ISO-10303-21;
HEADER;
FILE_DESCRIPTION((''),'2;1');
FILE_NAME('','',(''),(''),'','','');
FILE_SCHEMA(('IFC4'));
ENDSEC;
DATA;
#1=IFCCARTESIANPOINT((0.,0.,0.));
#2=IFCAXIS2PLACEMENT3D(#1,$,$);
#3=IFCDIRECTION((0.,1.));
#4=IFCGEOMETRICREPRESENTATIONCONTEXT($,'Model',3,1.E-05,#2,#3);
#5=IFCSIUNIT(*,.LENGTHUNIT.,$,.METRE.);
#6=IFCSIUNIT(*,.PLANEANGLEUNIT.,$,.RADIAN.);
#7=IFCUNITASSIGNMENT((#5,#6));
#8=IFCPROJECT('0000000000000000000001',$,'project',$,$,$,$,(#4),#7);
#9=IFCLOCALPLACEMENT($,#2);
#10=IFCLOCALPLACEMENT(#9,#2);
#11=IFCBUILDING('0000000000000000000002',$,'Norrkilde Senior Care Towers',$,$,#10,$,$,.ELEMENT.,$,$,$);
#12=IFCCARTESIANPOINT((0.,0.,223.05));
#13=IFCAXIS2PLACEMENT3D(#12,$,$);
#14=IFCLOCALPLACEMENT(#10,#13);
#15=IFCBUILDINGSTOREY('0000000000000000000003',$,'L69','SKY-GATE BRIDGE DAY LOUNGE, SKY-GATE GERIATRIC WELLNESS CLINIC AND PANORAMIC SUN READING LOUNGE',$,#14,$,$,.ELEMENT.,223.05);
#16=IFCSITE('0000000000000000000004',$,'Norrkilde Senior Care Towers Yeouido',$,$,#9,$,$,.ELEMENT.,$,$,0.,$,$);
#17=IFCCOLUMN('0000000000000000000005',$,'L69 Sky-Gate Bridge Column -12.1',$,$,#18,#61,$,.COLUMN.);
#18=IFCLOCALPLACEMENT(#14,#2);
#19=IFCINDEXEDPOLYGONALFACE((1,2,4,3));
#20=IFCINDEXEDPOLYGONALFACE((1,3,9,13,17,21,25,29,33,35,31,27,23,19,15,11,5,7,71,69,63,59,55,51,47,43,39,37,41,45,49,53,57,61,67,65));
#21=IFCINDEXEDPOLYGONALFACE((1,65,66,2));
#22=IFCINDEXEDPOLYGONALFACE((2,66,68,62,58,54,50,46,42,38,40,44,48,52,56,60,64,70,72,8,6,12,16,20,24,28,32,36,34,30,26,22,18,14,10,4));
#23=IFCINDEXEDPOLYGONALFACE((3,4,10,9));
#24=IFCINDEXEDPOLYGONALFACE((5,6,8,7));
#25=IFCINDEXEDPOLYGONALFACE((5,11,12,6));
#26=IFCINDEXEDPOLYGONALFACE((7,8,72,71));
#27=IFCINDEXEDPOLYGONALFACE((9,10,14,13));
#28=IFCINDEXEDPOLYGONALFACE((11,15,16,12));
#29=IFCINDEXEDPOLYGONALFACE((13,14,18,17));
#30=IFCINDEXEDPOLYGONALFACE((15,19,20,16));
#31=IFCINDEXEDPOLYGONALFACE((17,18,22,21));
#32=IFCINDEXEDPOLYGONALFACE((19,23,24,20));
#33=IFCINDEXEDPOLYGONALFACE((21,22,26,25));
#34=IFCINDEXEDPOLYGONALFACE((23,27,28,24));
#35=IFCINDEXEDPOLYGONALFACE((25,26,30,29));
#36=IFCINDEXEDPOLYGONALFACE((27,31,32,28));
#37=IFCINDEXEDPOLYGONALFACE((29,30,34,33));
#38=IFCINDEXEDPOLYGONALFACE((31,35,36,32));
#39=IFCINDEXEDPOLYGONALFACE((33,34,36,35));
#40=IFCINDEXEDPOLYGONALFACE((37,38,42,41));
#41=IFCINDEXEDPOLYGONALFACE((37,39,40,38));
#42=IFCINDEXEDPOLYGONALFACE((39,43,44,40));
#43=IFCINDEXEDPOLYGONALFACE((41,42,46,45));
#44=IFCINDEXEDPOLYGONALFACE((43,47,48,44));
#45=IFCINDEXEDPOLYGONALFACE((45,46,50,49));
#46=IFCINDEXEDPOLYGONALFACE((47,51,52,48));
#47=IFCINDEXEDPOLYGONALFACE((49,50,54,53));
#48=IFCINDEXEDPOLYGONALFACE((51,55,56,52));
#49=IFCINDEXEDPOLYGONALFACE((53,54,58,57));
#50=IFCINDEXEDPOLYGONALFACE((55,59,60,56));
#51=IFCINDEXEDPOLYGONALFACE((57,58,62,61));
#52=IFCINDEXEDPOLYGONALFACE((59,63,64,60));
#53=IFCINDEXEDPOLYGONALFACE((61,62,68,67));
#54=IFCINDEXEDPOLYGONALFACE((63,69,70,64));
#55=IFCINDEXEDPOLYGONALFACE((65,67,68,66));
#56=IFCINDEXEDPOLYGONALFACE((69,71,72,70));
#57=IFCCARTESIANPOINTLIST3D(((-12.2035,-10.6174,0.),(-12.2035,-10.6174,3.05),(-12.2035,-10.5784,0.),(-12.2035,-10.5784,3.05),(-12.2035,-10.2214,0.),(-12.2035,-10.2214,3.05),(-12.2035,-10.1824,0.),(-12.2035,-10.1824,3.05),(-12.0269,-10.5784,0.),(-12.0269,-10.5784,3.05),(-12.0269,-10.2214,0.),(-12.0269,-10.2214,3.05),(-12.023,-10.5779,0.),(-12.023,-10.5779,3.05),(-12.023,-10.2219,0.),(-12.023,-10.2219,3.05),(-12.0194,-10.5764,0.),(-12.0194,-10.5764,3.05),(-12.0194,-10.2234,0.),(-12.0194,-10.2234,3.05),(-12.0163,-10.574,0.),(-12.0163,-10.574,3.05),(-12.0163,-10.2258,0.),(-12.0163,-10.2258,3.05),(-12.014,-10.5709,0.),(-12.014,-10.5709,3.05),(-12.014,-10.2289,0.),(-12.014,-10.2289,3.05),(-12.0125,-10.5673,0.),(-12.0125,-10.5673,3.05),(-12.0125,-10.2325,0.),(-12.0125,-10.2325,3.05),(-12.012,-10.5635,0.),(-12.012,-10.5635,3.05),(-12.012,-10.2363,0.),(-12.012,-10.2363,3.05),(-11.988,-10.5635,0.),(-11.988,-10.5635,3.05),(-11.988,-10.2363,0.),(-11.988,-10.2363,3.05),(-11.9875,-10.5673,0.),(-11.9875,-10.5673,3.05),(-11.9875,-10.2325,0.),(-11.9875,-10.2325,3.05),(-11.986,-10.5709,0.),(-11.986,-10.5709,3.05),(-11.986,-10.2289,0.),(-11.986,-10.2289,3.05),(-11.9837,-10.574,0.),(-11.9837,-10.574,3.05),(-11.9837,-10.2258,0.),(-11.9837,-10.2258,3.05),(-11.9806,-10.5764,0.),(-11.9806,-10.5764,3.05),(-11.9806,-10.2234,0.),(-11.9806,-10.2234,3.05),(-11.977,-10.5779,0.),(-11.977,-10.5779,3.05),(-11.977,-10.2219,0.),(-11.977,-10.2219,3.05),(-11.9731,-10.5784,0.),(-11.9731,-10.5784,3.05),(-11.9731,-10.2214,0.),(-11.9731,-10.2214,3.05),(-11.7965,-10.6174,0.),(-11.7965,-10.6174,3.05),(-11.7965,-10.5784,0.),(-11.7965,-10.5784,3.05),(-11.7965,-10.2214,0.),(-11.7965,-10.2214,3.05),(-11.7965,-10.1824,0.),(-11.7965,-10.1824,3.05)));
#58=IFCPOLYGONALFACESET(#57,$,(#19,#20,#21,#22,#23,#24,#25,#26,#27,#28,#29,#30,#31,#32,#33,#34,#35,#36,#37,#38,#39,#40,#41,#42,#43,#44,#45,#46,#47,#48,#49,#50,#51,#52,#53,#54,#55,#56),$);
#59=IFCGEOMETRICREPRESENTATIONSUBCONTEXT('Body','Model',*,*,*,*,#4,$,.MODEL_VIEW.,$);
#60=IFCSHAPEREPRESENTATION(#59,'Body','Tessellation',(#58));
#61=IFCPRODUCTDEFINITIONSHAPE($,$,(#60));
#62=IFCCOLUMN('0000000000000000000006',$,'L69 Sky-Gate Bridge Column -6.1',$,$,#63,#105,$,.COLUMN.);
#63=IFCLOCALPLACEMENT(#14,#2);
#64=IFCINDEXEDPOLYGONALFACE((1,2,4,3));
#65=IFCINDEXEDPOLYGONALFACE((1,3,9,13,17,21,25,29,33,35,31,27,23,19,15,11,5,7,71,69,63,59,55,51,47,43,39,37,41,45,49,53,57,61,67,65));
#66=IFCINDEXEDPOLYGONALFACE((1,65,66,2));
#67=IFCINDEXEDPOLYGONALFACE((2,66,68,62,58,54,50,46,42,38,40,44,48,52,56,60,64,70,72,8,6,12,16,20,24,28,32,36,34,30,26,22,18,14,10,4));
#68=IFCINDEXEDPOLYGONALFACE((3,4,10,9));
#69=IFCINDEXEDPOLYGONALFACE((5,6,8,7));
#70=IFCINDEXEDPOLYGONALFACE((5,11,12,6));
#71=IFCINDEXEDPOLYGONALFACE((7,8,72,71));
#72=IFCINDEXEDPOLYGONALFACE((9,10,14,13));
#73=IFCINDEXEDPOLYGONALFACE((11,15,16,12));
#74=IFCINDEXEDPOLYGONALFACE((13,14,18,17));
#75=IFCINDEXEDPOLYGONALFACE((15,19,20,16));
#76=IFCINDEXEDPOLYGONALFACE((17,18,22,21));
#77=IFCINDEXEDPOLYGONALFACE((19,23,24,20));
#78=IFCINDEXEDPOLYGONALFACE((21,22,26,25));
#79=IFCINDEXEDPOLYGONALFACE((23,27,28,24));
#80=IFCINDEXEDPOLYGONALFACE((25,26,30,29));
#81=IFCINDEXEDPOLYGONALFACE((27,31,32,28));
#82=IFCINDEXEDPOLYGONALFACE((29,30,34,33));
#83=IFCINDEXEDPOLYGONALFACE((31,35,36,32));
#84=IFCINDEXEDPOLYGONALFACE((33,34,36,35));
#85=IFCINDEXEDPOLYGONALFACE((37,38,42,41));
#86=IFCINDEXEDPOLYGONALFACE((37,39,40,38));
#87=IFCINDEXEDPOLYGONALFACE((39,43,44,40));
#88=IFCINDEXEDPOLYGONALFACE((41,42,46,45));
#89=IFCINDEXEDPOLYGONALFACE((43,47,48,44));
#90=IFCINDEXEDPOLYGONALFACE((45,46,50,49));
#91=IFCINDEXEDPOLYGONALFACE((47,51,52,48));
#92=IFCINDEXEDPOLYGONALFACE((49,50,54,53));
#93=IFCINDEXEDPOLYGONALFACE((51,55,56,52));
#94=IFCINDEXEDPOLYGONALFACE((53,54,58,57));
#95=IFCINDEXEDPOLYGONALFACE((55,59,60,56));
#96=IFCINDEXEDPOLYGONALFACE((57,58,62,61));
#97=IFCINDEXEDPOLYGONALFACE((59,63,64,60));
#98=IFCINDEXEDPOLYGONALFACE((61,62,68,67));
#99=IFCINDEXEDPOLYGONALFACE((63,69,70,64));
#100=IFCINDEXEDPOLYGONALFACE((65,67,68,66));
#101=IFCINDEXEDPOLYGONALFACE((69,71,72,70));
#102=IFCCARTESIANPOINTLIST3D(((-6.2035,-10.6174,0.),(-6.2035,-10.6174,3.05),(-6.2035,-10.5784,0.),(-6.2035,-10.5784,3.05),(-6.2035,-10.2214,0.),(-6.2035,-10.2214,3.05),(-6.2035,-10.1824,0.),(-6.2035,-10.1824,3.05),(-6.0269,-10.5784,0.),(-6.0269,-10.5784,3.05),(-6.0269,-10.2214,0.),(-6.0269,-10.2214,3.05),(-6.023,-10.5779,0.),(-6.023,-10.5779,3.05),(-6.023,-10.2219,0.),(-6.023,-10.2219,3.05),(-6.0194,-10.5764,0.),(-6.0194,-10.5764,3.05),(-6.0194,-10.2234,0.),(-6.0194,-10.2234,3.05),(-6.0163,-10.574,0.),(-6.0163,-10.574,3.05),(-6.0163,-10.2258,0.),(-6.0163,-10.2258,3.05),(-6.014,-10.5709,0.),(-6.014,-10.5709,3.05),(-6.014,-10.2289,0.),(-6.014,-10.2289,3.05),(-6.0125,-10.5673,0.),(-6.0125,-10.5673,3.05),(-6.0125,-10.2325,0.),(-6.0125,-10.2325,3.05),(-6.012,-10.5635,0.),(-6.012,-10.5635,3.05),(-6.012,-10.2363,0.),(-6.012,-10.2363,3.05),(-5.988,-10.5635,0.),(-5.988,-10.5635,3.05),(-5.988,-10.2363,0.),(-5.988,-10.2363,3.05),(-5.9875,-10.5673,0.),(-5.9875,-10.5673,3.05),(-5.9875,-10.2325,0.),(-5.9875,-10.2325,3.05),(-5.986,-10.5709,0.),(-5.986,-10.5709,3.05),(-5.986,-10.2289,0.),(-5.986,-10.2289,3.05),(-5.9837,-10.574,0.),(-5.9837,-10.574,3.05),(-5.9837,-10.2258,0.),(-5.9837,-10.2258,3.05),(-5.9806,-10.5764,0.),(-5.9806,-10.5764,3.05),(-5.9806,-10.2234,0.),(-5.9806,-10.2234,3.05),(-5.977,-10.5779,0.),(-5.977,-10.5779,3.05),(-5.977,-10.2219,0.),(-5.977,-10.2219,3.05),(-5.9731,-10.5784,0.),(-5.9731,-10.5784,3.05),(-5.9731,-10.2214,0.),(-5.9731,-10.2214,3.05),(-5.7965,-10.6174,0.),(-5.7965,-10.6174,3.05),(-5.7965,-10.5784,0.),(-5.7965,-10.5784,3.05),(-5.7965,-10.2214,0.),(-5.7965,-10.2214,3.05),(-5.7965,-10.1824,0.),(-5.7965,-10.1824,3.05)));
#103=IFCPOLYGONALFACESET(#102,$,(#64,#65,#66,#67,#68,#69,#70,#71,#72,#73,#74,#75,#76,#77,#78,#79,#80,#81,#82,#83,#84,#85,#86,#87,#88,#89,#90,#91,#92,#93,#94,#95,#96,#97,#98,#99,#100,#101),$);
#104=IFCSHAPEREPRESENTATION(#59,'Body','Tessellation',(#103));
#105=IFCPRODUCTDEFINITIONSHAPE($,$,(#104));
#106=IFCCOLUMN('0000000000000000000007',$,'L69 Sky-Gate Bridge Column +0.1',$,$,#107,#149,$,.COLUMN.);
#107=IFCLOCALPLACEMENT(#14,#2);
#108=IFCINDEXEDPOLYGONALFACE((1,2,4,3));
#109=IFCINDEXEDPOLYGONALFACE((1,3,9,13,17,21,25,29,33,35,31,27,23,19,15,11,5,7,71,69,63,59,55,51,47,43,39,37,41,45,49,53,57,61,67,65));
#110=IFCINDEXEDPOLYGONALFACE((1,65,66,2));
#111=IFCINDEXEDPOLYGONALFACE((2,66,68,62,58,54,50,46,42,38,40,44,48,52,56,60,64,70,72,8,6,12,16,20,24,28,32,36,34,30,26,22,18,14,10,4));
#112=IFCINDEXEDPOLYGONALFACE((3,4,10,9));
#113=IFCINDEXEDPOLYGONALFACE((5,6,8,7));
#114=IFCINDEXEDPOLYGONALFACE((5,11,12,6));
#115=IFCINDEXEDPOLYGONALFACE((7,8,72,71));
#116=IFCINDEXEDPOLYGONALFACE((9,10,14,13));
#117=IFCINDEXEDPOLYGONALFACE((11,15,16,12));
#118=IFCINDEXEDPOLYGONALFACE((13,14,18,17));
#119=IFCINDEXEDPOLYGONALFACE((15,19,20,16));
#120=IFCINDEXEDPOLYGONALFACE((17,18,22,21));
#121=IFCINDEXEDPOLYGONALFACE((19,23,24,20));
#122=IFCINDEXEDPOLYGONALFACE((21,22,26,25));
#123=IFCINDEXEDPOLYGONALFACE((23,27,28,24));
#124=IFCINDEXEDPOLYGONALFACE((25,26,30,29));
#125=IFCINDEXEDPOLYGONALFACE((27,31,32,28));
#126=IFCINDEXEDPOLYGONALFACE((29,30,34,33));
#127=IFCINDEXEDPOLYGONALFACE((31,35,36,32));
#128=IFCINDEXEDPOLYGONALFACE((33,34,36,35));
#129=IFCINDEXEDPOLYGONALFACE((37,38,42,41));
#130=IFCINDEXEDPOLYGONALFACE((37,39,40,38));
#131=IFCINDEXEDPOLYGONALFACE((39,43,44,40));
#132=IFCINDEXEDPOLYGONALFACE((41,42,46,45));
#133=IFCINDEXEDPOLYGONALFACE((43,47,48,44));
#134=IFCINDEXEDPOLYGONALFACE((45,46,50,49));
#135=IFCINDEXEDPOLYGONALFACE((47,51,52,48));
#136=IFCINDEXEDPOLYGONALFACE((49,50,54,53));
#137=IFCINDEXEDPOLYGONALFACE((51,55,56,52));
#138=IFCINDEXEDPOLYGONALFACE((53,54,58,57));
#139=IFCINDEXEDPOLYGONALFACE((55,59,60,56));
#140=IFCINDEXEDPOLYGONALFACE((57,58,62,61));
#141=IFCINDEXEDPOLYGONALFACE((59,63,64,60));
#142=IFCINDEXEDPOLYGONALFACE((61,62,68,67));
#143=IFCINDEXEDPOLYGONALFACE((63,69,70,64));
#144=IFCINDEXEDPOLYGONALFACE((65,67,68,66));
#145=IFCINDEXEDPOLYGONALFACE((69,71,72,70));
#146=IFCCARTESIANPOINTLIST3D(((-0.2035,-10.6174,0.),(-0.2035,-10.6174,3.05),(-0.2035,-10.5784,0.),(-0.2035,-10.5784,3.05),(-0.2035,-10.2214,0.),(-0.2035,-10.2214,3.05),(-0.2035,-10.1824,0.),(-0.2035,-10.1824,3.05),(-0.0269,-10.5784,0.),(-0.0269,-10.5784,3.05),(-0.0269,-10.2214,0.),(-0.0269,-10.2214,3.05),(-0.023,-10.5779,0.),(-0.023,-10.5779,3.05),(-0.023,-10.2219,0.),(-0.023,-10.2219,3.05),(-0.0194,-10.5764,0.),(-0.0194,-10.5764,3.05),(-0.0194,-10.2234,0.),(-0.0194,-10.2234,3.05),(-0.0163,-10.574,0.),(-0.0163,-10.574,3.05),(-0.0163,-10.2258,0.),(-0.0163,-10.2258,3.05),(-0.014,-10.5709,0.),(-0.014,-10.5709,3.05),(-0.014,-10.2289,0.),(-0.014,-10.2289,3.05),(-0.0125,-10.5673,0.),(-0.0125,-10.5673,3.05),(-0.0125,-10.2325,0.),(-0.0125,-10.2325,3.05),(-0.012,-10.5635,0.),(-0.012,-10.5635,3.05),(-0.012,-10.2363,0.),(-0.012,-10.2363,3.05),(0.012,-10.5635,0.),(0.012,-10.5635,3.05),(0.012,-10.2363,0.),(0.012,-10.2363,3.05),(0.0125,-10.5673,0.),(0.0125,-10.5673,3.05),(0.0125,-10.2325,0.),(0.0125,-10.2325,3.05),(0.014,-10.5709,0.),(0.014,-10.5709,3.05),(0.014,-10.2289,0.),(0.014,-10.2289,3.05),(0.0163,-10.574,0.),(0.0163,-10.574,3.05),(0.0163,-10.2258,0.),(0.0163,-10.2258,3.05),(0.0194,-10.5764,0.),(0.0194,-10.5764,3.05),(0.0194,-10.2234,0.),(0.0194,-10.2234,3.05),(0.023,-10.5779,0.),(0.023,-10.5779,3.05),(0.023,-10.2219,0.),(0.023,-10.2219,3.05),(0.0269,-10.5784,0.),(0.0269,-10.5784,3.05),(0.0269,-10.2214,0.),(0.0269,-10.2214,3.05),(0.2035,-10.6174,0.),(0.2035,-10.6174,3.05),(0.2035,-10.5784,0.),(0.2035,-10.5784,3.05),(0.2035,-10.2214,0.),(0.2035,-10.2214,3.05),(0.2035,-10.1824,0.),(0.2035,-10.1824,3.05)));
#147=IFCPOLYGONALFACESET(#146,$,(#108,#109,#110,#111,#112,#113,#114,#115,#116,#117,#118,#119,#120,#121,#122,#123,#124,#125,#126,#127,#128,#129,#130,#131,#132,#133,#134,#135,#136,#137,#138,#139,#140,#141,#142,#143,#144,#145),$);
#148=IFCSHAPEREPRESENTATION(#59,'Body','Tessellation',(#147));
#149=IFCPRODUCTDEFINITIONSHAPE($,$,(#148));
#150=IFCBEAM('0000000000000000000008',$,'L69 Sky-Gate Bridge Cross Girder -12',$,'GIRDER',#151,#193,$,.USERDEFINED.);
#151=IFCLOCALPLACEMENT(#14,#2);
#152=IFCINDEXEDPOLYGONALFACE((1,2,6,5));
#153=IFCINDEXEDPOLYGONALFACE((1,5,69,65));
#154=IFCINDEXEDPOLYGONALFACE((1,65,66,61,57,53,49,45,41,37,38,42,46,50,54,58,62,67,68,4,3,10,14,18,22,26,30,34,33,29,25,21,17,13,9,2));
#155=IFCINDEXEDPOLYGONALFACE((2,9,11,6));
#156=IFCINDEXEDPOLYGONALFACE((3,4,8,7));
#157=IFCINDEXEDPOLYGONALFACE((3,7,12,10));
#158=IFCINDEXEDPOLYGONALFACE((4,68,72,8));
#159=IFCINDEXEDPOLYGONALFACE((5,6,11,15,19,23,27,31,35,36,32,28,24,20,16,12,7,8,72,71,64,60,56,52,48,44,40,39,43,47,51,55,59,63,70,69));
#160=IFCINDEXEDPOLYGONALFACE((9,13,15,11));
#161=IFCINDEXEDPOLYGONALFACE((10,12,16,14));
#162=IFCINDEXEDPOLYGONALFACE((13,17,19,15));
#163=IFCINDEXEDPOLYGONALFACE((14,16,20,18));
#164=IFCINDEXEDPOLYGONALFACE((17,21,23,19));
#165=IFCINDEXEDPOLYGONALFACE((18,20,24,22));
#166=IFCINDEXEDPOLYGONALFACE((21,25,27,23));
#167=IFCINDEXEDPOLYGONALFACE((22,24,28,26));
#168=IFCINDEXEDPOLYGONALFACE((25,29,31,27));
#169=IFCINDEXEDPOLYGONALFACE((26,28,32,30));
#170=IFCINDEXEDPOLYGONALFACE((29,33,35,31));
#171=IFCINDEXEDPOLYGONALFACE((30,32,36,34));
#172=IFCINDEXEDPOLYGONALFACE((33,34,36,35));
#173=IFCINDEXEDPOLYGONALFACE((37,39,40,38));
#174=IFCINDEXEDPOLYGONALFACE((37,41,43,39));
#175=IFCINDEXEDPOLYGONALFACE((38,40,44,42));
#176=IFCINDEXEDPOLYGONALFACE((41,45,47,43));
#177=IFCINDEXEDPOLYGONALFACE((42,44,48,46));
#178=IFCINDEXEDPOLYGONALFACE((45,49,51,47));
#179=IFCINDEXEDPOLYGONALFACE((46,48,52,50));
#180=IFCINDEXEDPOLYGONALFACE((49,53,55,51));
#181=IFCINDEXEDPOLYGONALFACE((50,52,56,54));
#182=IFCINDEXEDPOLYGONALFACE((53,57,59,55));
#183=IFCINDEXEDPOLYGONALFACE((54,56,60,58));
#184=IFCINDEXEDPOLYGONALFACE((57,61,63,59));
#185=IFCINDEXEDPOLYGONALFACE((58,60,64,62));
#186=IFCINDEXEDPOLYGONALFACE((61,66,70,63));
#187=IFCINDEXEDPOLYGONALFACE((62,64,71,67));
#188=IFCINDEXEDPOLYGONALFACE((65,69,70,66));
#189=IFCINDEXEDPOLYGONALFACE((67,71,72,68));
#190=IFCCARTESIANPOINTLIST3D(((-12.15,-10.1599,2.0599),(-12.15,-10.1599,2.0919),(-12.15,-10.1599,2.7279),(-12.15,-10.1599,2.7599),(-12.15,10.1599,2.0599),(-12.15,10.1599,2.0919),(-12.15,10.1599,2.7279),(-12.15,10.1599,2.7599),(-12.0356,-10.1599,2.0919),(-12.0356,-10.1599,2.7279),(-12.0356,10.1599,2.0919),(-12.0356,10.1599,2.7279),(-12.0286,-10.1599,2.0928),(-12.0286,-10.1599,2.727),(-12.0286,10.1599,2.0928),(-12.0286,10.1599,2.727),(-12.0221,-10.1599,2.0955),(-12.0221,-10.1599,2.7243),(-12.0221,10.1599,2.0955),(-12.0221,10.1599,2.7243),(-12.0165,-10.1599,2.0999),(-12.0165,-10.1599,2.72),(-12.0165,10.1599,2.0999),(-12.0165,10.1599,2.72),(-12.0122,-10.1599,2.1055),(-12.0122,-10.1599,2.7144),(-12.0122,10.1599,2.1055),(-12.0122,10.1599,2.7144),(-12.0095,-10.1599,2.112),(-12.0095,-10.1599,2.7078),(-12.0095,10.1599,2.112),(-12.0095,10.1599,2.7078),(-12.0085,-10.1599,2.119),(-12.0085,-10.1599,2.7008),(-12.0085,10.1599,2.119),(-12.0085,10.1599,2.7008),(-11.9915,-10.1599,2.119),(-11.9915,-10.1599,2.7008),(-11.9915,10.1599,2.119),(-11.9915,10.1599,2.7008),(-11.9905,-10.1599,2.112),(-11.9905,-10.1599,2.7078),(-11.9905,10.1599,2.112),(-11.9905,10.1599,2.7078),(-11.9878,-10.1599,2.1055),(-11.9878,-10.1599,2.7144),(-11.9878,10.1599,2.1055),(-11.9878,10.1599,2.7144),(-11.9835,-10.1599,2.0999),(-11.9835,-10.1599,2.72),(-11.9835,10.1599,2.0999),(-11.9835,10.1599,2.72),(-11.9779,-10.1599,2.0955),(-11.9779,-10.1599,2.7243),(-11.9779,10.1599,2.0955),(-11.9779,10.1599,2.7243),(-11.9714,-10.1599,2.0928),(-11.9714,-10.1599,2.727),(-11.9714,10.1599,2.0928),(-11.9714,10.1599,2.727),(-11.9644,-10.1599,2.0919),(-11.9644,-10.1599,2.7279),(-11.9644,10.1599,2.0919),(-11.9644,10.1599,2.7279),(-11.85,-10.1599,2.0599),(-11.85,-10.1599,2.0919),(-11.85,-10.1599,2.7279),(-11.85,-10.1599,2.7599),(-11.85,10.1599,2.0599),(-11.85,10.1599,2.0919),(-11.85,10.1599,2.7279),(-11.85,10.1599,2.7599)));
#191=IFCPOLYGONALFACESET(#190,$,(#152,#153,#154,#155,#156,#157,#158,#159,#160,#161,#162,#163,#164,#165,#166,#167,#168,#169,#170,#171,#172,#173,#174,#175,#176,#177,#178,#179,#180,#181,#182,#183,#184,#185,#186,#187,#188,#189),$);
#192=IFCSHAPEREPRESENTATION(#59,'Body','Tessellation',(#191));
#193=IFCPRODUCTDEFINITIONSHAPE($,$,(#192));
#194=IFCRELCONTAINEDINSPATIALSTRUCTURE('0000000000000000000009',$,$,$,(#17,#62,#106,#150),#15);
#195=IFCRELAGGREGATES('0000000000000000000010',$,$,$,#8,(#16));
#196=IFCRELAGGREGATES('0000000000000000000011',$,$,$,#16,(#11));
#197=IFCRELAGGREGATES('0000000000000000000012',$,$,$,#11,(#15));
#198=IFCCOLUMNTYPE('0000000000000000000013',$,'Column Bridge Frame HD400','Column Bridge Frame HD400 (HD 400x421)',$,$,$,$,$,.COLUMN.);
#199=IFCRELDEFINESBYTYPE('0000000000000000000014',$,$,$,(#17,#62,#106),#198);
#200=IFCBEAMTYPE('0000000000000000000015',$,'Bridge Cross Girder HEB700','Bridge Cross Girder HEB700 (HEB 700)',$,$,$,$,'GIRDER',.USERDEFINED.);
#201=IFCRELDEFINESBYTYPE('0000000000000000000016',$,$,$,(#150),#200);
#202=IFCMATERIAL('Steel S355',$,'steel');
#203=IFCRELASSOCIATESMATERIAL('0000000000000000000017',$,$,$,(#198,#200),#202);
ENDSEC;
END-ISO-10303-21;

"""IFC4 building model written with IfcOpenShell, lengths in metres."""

from ifc_helpers import new_model, si_unit, direction, frame, origin, origin_2d, place, context, subcontext, project, spatial, i_section, extrude, source, transform, mapped, material, material_profile, profile_set, type_object, type_shapes, element, save


model = new_model("IFC4")

# Units and contexts
model_context = context("Model", 3, precision=1e-05, world=origin(), true_north=direction((0.0, 1.0)))
body_context = subcontext(model_context, "Body", "Model", "MODEL_VIEW")
ifc_project = project(units=[si_unit("LENGTHUNIT", "METRE"), si_unit("PLANEANGLEUNIT", "RADIAN")], contexts=[model_context])

# Site, building, storey
site_placement = place(None, origin())
site = spatial("IfcSite", under=ifc_project, at=site_placement, Name="Norrkilde Senior Care Towers Yeouido", CompositionType="ELEMENT", RefElevation=0.0)
building_placement = place(site_placement, origin())
building = spatial("IfcBuilding", under=site, at=building_placement, Name="Norrkilde Senior Care Towers", CompositionType="ELEMENT")
storey_placement = place(building_placement, frame((0.0, 0.0, 223.05)))
storey = spatial("IfcBuildingStorey", under=building, at=storey_placement, Name="L69", Description="SKY-GATE BRIDGE DAY LOUNGE, SKY-GATE GERIATRIC WELLNESS CLINIC AND PANORAMIC SUN READING LOUNGE", CompositionType="ELEMENT", Elevation=223.05)

# Columns
ifc_material_1 = material(Name="Steel S355", Category="steel")
ifc_material_profile_1 = material_profile(ifc_material_1, i_section(OverallWidth=0.407, OverallDepth=0.4351, WebThickness=0.0239, FlangeThickness=0.0391, FilletRadius=0.0149, at=origin_2d()), Name="HD 400x421")
ifc_profile_set_1 = profile_set([ifc_material_profile_1], Name="Steel S355")
column_type = type_object("IfcColumnType", Name="Column Bridge Frame HD400", Description="Column Bridge Frame HD400 (HD 400x421)", PredefinedType="COLUMN", material=ifc_profile_set_1)
shared_shape_1 = source(origin(), body_context, "Body", "SweptSolid", [
    extrude(i_section(OverallWidth=0.407, OverallDepth=0.4351, WebThickness=0.0239, FlangeThickness=0.0391, FilletRadius=0.0149, at=origin_2d()), origin(), (0.0, 0.0, 1.0), 3.05),
])
type_shapes(column_type, [shared_shape_1])
for number, where, z_axis, x_axis, name in (
    (1, (-12.0, -10.3999, 0.0), (0.0, 0.0, 1.0), (1.0, 0.0, 0.0), "L69 Sky-Gate Bridge Column -12.1"),
    (2, (-6.0, -10.3999, 0.0), (0.0, 0.0, 1.0), (1.0, 0.0, 0.0), "L69 Sky-Gate Bridge Column -6.1"),
    (3, (0.0, -10.3999, 0.0), (0.0, 0.0, 1.0), (1.0, 0.0, 0.0), "L69 Sky-Gate Bridge Column +0.1"),
):
    element("IfcColumn", number, at=place(storey_placement, frame(where, z_axis=z_axis, x_axis=x_axis)), inside=storey, type_object=column_type, Name=name, PredefinedType="COLUMN", context=body_context, shape_type="MappedRepresentation", body=[
        mapped(shared_shape_1, transform((0.0, 0.0, 0.0), x_axis=(1.0, 0.0, 0.0), y_axis=(0.0, 1.0, 0.0), z_axis=(0.0, 0.0, 1.0), scale=1.0)),
    ])

# Beam
ifc_material_profile_2 = material_profile(ifc_material_1, i_section(OverallWidth=0.3, OverallDepth=0.7, WebThickness=0.0171, FlangeThickness=0.032, FilletRadius=0.0271, at=origin_2d()), Name="HEB 700")
ifc_profile_set_2 = profile_set([ifc_material_profile_2], Name="Steel S355")
beam_type_1 = type_object("IfcBeamType", Name="Bridge Cross Girder HEB700", Description="Bridge Cross Girder HEB700 (HEB 700)", ElementType="GIRDER", PredefinedType="USERDEFINED", material=ifc_profile_set_2)
shared_shape_2 = source(origin(), body_context, "Body", "SweptSolid", [
    extrude(i_section(OverallWidth=0.3, OverallDepth=0.7, WebThickness=0.0171, FlangeThickness=0.032, FilletRadius=0.0271, at=origin_2d()), origin(), (0.0, 0.0, 1.0), 20.3198),
])
beam_placement = place(storey_placement, frame((-12.0, -10.1599, 2.4099), z_axis=(0.0, 1.0, 0.0), x_axis=(-1.0, 0.0, 0.0)))
element("IfcBeam", 4, at=beam_placement, inside=storey, type_object=beam_type_1, Name="L69 Sky-Gate Bridge Cross Girder -12", ObjectType="GIRDER", PredefinedType="USERDEFINED", context=body_context, shape_type="MappedRepresentation", body=[
    mapped(shared_shape_2, transform((0.0, 0.0, 0.0), x_axis=(1.0, 0.0, 0.0), y_axis=(0.0, 1.0, 0.0), z_axis=(0.0, 0.0, 1.0), scale=1.0)),
])

save(model, "model.ifc")
